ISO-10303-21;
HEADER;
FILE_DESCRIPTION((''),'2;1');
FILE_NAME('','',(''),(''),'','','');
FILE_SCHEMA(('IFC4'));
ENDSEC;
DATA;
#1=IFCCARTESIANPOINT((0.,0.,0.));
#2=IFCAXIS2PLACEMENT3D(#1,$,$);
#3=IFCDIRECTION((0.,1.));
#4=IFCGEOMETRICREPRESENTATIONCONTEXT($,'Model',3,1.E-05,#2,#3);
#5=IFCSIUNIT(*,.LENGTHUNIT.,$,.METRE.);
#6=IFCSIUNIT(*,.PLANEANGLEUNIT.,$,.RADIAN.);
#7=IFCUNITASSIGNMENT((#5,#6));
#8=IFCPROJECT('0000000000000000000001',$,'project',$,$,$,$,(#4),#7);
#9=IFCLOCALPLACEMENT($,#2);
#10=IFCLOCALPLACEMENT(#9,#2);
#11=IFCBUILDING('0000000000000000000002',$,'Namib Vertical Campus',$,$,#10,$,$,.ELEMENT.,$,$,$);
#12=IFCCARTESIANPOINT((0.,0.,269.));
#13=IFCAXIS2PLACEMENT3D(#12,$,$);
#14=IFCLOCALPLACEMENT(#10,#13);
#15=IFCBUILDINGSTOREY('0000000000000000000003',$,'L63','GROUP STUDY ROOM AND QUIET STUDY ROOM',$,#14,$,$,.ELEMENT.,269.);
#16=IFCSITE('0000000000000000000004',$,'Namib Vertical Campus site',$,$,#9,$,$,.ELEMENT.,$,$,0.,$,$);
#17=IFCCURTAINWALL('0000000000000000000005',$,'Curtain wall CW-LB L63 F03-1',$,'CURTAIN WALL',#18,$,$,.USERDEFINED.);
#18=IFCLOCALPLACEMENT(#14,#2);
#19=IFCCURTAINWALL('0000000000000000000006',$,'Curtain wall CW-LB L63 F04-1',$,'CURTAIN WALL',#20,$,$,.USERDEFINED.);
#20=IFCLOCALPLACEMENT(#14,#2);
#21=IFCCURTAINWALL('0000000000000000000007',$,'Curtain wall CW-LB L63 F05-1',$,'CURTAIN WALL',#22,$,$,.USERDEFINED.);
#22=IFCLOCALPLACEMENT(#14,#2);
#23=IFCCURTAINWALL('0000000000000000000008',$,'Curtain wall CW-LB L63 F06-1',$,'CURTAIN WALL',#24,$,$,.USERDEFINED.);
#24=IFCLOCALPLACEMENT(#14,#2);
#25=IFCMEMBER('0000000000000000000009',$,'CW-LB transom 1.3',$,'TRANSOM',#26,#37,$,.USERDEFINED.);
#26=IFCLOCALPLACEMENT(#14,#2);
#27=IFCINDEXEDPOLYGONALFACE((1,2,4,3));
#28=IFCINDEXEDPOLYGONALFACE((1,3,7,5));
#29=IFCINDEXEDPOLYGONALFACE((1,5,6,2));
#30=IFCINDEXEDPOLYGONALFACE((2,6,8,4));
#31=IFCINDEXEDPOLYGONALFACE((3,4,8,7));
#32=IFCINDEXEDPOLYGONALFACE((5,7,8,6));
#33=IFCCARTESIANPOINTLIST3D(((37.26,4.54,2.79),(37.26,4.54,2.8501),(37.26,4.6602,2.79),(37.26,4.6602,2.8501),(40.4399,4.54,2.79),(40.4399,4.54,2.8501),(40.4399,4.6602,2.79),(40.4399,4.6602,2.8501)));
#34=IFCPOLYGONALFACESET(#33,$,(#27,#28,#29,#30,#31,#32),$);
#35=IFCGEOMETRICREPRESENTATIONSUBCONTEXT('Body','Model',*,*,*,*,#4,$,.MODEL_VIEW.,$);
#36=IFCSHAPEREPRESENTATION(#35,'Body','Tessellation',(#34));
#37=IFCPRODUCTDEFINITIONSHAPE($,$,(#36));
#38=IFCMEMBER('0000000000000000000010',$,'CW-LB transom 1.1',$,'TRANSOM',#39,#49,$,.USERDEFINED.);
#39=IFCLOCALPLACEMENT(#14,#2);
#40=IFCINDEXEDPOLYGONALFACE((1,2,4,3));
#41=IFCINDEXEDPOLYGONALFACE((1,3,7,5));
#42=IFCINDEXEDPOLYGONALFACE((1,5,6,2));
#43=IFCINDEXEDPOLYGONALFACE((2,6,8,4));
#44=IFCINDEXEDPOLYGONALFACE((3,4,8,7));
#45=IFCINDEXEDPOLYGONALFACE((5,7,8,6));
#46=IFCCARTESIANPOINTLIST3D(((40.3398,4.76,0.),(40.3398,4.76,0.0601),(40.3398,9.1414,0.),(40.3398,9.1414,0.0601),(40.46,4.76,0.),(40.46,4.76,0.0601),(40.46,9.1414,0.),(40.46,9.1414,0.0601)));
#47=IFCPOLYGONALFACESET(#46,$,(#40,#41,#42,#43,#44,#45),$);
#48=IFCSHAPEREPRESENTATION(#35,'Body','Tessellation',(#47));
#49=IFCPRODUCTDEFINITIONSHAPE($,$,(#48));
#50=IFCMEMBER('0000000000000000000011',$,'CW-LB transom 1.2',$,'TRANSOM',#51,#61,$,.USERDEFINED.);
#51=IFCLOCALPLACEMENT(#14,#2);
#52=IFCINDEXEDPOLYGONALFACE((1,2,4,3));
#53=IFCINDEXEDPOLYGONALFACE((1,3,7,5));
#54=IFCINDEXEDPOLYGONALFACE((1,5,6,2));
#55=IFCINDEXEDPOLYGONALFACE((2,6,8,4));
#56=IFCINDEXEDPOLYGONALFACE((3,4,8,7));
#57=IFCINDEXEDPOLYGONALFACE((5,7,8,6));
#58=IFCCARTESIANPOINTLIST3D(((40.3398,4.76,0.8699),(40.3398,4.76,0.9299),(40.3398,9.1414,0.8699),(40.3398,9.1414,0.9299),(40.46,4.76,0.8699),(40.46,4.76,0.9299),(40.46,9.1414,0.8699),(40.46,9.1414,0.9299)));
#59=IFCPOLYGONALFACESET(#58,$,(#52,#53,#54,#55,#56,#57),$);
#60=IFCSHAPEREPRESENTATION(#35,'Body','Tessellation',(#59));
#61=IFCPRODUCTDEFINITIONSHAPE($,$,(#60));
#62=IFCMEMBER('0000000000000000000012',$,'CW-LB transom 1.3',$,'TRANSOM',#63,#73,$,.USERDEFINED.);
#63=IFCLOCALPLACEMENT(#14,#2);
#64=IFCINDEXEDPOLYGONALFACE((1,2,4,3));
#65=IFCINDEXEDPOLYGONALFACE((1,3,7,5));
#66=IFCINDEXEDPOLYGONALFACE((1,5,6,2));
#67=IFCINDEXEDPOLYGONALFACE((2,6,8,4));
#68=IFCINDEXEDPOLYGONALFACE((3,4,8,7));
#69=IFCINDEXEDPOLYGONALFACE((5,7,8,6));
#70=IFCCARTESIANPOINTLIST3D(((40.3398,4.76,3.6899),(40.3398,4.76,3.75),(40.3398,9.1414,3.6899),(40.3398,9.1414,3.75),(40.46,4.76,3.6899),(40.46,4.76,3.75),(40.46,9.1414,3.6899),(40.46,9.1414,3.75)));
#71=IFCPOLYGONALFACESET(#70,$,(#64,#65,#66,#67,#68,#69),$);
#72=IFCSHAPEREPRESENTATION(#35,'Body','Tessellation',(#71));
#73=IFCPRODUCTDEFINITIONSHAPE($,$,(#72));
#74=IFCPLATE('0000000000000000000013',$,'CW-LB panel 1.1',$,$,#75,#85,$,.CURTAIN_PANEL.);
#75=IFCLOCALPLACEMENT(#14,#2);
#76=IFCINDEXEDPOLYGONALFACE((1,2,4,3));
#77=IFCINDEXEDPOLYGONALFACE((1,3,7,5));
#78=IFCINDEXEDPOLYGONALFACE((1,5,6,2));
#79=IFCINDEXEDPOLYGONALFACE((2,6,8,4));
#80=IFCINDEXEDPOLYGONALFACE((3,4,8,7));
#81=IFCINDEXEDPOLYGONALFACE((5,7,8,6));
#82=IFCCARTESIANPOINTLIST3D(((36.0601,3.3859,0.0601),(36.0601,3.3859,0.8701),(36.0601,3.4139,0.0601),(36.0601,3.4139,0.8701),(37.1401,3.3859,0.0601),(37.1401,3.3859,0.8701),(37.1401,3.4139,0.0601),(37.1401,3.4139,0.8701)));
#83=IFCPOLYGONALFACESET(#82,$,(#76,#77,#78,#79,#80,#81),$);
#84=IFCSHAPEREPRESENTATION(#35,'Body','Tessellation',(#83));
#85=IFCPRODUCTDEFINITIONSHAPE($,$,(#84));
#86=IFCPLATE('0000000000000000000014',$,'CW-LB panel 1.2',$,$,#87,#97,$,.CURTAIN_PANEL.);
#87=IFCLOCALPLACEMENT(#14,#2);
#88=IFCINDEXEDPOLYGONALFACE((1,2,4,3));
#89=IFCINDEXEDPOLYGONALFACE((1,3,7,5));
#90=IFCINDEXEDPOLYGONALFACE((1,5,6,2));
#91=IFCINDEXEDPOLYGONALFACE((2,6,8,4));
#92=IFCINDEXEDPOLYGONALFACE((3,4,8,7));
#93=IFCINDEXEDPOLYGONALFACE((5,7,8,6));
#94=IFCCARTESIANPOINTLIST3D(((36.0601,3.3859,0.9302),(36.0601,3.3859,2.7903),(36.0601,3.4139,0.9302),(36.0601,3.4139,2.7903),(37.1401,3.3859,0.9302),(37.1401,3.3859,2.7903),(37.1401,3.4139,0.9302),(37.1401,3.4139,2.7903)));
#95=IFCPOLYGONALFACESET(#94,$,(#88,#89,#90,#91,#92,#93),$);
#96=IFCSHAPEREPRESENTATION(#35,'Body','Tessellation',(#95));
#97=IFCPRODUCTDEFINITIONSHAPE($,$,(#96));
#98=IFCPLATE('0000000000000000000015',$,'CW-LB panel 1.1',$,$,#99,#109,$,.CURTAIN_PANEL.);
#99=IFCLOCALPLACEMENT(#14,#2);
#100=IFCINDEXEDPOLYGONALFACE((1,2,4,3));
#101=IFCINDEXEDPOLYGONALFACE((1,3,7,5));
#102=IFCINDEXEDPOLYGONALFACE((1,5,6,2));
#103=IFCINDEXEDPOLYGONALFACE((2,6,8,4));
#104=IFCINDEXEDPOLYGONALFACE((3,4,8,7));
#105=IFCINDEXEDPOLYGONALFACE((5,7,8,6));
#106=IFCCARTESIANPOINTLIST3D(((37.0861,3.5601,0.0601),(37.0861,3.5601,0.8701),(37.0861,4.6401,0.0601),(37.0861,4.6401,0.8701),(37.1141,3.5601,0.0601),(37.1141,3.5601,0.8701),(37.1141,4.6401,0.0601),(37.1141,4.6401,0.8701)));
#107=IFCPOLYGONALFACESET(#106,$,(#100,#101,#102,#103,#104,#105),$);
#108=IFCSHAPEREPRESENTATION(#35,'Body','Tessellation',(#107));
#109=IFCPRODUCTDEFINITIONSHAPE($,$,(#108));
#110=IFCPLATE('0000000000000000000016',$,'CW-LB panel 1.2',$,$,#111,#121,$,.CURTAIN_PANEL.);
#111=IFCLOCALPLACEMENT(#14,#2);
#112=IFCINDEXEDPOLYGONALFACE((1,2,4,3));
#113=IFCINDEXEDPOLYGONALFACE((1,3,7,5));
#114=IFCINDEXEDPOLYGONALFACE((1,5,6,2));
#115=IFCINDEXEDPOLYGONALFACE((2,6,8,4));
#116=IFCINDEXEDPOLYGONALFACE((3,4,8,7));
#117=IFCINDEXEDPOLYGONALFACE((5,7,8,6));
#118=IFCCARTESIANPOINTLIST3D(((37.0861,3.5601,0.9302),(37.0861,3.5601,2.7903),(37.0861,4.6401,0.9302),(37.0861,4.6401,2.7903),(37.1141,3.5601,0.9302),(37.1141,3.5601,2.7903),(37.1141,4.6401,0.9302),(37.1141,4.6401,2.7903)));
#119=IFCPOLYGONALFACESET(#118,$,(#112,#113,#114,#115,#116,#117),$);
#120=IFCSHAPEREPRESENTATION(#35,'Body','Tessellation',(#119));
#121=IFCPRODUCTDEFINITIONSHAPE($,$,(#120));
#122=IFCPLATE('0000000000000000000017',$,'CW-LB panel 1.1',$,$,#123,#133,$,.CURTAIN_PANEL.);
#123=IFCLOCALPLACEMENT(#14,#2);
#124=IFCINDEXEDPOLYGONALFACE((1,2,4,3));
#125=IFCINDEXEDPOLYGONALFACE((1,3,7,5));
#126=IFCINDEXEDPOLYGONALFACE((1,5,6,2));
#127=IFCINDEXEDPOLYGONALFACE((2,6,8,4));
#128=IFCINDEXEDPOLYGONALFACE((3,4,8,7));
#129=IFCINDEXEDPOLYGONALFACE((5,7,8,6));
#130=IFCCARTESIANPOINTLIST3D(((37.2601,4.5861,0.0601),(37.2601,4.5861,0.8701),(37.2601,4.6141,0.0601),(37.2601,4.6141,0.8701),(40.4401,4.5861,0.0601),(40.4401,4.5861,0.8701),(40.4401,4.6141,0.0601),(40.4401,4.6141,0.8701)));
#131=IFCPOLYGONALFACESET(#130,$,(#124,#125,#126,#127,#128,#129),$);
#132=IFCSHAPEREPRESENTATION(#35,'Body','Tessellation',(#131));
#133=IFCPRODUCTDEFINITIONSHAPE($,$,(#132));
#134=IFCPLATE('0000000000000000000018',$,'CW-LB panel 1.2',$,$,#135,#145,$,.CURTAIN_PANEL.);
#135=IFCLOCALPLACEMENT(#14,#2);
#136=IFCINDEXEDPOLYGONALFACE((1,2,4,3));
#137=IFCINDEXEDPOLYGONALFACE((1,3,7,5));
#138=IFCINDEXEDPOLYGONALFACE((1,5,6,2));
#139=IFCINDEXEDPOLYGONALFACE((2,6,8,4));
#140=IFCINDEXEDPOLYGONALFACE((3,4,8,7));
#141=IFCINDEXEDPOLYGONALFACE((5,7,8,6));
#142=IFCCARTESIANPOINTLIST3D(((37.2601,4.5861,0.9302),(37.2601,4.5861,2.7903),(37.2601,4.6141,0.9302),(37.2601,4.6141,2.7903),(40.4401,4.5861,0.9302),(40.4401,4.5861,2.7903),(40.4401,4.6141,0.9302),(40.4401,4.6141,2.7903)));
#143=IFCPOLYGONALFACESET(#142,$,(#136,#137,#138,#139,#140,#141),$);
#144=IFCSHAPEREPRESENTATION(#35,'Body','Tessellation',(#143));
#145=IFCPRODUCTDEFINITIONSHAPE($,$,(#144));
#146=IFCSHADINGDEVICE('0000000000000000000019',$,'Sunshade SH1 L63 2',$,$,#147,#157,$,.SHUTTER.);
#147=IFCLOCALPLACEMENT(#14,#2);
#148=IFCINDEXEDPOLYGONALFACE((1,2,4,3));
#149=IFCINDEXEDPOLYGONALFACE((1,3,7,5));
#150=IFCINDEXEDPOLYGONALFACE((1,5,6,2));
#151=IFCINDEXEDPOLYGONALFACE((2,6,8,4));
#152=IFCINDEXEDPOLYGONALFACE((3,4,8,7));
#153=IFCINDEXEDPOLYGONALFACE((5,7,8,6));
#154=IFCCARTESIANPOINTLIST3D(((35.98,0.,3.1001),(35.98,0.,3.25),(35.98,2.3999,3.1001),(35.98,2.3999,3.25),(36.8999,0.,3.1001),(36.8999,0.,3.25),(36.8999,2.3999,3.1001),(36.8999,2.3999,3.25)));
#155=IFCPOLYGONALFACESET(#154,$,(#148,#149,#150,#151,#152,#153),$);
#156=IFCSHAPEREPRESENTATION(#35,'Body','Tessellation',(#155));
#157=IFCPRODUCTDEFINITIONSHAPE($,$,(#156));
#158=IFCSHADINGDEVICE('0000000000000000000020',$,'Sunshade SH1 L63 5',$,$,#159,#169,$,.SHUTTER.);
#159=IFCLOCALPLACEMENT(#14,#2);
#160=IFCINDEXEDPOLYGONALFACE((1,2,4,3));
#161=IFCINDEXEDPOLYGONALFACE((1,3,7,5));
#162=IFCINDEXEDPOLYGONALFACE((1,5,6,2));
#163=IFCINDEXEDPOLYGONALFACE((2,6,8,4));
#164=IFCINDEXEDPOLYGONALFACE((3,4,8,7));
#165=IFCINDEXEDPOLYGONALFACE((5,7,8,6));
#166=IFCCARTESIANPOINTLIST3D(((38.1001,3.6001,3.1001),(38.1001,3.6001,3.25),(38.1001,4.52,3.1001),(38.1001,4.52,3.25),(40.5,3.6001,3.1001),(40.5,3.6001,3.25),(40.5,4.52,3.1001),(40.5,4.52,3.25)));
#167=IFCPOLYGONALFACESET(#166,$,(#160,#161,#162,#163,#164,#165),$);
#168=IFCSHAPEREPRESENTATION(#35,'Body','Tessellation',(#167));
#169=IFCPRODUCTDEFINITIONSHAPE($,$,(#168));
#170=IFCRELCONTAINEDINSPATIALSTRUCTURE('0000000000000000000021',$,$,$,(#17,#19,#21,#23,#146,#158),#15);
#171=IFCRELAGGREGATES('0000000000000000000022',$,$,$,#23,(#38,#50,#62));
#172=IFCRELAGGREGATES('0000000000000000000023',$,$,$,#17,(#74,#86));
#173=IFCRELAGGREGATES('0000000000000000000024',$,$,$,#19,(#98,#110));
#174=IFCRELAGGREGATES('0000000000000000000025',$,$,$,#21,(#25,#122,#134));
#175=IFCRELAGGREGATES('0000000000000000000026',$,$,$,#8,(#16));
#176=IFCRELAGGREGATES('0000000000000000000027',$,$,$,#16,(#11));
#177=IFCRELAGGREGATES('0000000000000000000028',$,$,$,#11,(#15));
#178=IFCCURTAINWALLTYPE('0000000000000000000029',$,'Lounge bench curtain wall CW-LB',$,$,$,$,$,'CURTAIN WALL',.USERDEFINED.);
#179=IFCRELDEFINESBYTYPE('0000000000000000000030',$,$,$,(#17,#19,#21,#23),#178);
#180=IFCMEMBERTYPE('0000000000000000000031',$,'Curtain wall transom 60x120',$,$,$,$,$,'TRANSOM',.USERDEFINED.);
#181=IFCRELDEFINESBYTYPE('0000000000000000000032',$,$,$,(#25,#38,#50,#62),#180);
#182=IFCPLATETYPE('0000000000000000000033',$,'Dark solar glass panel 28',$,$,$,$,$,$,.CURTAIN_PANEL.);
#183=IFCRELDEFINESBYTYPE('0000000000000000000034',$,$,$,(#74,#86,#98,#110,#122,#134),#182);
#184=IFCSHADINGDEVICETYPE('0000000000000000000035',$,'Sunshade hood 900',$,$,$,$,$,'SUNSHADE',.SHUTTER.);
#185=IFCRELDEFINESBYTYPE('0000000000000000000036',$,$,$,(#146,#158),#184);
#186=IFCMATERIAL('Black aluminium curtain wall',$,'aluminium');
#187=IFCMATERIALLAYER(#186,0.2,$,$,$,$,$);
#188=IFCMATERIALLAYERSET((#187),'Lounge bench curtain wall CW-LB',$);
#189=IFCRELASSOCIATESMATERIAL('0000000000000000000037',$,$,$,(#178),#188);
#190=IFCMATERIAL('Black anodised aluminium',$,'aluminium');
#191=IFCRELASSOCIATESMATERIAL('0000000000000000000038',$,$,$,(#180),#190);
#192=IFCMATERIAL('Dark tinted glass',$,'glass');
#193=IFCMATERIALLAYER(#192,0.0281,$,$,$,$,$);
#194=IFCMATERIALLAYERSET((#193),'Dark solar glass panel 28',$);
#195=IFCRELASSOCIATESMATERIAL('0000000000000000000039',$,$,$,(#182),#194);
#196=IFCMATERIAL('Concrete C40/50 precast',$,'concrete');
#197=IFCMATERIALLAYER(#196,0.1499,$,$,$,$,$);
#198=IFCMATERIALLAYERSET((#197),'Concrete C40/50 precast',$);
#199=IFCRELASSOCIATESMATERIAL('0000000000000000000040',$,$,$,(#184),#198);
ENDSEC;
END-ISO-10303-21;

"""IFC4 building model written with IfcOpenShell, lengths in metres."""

from ifc_helpers import new_model, si_unit, direction, frame, origin, origin_2d, place, context, subcontext, project, spatial, rectangle, extrude, material, layer, layer_set, material_profile, profile_set, type_object, element, aggregate, save


model = new_model("IFC4")

# Units and contexts
model_context = context("Model", 3, precision=1e-05, world=origin(), true_north=direction((0.0, 1.0)))
body_context = subcontext(model_context, "Body", "Model", "MODEL_VIEW")
ifc_project = project(units=[si_unit("LENGTHUNIT", "METRE"), si_unit("PLANEANGLEUNIT", "RADIAN")], contexts=[model_context])

# Site, building, storey
site_placement = place(None, origin())
site = spatial("IfcSite", under=ifc_project, at=site_placement, Name="Namib Vertical Campus site", CompositionType="ELEMENT", RefElevation=0.0)
building_placement = place(site_placement, origin())
building = spatial("IfcBuilding", under=site, at=building_placement, Name="Namib Vertical Campus", CompositionType="ELEMENT")
storey_placement = place(building_placement, frame((0.0, 0.0, 269.0)))
storey = spatial("IfcBuildingStorey", under=building, at=storey_placement, Name="L63", Description="GROUP STUDY ROOM AND QUIET STUDY ROOM", CompositionType="ELEMENT", Elevation=269.0)

# Curtain walls
ifc_material_1 = material(Name="Black aluminium curtain wall", Category="aluminium")
ifc_layer_1 = layer(ifc_material_1, 0.2)
ifc_layer_set_1 = layer_set([ifc_layer_1], Name="Lounge bench curtain wall CW-LB")
curtain_wall_type = type_object("IfcCurtainWallType", Name="Lounge bench curtain wall CW-LB", ElementType="CURTAIN WALL", PredefinedType="USERDEFINED", material=ifc_layer_set_1)
curtain_wall_1_placement = place(storey_placement, origin())
curtain_wall_1 = element("IfcCurtainWall", 1, at=curtain_wall_1_placement, inside=storey, type_object=curtain_wall_type, Name="Curtain wall CW-LB L63 F03-1", ObjectType="CURTAIN WALL", PredefinedType="USERDEFINED")
curtain_wall_2_placement = place(storey_placement, origin())
curtain_wall_2 = element("IfcCurtainWall", 2, at=curtain_wall_2_placement, inside=storey, type_object=curtain_wall_type, Name="Curtain wall CW-LB L63 F04-1", ObjectType="CURTAIN WALL", PredefinedType="USERDEFINED")
curtain_wall_3_placement = place(storey_placement, origin())
curtain_wall_3 = element("IfcCurtainWall", 3, at=curtain_wall_3_placement, inside=storey, type_object=curtain_wall_type, Name="Curtain wall CW-LB L63 F05-1", ObjectType="CURTAIN WALL", PredefinedType="USERDEFINED")

# Curtain wall
curtain_wall_4_placement = place(storey_placement, origin())
curtain_wall_4 = element("IfcCurtainWall", 4, at=curtain_wall_4_placement, inside=storey, type_object=curtain_wall_type, Name="Curtain wall CW-LB L63 F06-1", ObjectType="CURTAIN WALL", PredefinedType="USERDEFINED")

# Members
ifc_material_2 = material(Name="Black anodised aluminium", Category="aluminium")
ifc_material_profile_1 = material_profile(ifc_material_2, rectangle(XDim=0.0601, YDim=0.1201, at=origin_2d()))
ifc_profile_set_1 = profile_set([ifc_material_profile_1], Name="Black anodised aluminium")
member_type_1 = type_object("IfcMemberType", Name="Curtain wall transom 60x120", ElementType="TRANSOM", PredefinedType="USERDEFINED", material=ifc_profile_set_1)
member_1_placement = place(storey_placement, frame((37.26, 4.6001, 2.8201), z_axis=(1.0, 0.0, 0.0), x_axis=(0.0, 0.0, 1.0)))
member_1 = element("IfcMember", 5, at=member_1_placement, type_object=member_type_1, Name="CW-LB transom 1.3", ObjectType="TRANSOM", PredefinedType="USERDEFINED", context=body_context, shape_type="SweptSolid", body=[
    extrude(rectangle(XDim=0.0601, YDim=0.1201, at=origin_2d()), origin(), (0.0, 0.0, 1.0), 3.1799),
])
member_2_placement = place(storey_placement, frame((40.3999, 4.76, 0.03), z_axis=(0.0, 1.0, 0.0), x_axis=(0.0, 0.0, 1.0)))
member_2 = element("IfcMember", 6, at=member_2_placement, type_object=member_type_1, Name="CW-LB transom 1.1", ObjectType="TRANSOM", PredefinedType="USERDEFINED", context=body_context, shape_type="SweptSolid", body=[
    extrude(rectangle(XDim=0.0601, YDim=0.1201, at=origin_2d()), origin(), (0.0, 0.0, 1.0), 4.3813),
])
member_3_placement = place(storey_placement, frame((40.3999, 4.76, 0.8999), z_axis=(0.0, 1.0, 0.0), x_axis=(0.0, 0.0, 1.0)))
member_3 = element("IfcMember", 7, at=member_3_placement, type_object=member_type_1, Name="CW-LB transom 1.2", ObjectType="TRANSOM", PredefinedType="USERDEFINED", context=body_context, shape_type="SweptSolid", body=[
    extrude(rectangle(XDim=0.0601, YDim=0.1201, at=origin_2d()), origin(), (0.0, 0.0, 1.0), 4.3813),
])
member_4_placement = place(storey_placement, frame((40.3999, 4.76, 3.72), z_axis=(0.0, 1.0, 0.0), x_axis=(0.0, 0.0, 1.0)))
member_4 = element("IfcMember", 8, at=member_4_placement, type_object=member_type_1, Name="CW-LB transom 1.3", ObjectType="TRANSOM", PredefinedType="USERDEFINED", context=body_context, shape_type="SweptSolid", body=[
    extrude(rectangle(XDim=0.0601, YDim=0.1201, at=origin_2d()), origin(), (0.0, 0.0, 1.0), 4.3813),
])
aggregate(curtain_wall_4, [member_2, member_3, member_4])

# Plates
ifc_material_3 = material(Name="Dark tinted glass", Category="glass")
ifc_layer_2 = layer(ifc_material_3, 0.0281)
ifc_layer_set_2 = layer_set([ifc_layer_2], Name="Dark solar glass panel 28")
plate_type = type_object("IfcPlateType", Name="Dark solar glass panel 28", PredefinedType="CURTAIN_PANEL", material=ifc_layer_set_2)
plate_1_placement = place(storey_placement, frame((36.6001, 3.3999, 0.0601), z_axis=(0.0, 0.0, 1.0), x_axis=(1.0, 0.0, 0.0)))
plate_1 = element("IfcPlate", 9, at=plate_1_placement, type_object=plate_type, Name="CW-LB panel 1.1", PredefinedType="CURTAIN_PANEL", context=body_context, shape_type="SweptSolid", body=[
    extrude(rectangle(XDim=1.0801, YDim=0.0281, at=origin_2d()), origin(), (0.0, 0.0, 1.0), 0.8101),
])
plate_2_placement = place(storey_placement, frame((36.6001, 3.3999, 0.9302), z_axis=(0.0, 0.0, 1.0), x_axis=(1.0, 0.0, 0.0)))
plate_2 = element("IfcPlate", 10, at=plate_2_placement, type_object=plate_type, Name="CW-LB panel 1.2", PredefinedType="CURTAIN_PANEL", context=body_context, shape_type="SweptSolid", body=[
    extrude(rectangle(XDim=1.0801, YDim=0.0281, at=origin_2d()), origin(), (0.0, 0.0, 1.0), 1.8601),
])
aggregate(curtain_wall_1, [plate_1, plate_2])
plate_3_placement = place(storey_placement, frame((37.1001, 4.1001, 0.0601), z_axis=(0.0, 0.0, 1.0), x_axis=(0.0, 1.0, 0.0)))
plate_3 = element("IfcPlate", 11, at=plate_3_placement, type_object=plate_type, Name="CW-LB panel 1.1", PredefinedType="CURTAIN_PANEL", context=body_context, shape_type="SweptSolid", body=[
    extrude(rectangle(XDim=1.0801, YDim=0.0281, at=origin_2d()), origin(), (0.0, 0.0, 1.0), 0.8101),
])
plate_4_placement = place(storey_placement, frame((37.1001, 4.1001, 0.9302), z_axis=(0.0, 0.0, 1.0), x_axis=(0.0, 1.0, 0.0)))
plate_4 = element("IfcPlate", 12, at=plate_4_placement, type_object=plate_type, Name="CW-LB panel 1.2", PredefinedType="CURTAIN_PANEL", context=body_context, shape_type="SweptSolid", body=[
    extrude(rectangle(XDim=1.0801, YDim=0.0281, at=origin_2d()), origin(), (0.0, 0.0, 1.0), 1.8601),
])
aggregate(curtain_wall_2, [plate_3, plate_4])
plate_5_placement = place(storey_placement, frame((38.8501, 4.6001, 0.0601), z_axis=(0.0, 0.0, 1.0), x_axis=(1.0, 0.0, 0.0)))
plate_5 = element("IfcPlate", 13, at=plate_5_placement, type_object=plate_type, Name="CW-LB panel 1.1", PredefinedType="CURTAIN_PANEL", context=body_context, shape_type="SweptSolid", body=[
    extrude(rectangle(XDim=3.1799, YDim=0.0281, at=origin_2d()), origin(), (0.0, 0.0, 1.0), 0.8101),
])
plate_6_placement = place(storey_placement, frame((38.8501, 4.6001, 0.9302), z_axis=(0.0, 0.0, 1.0), x_axis=(1.0, 0.0, 0.0)))
plate_6 = element("IfcPlate", 14, at=plate_6_placement, type_object=plate_type, Name="CW-LB panel 1.2", PredefinedType="CURTAIN_PANEL", context=body_context, shape_type="SweptSolid", body=[
    extrude(rectangle(XDim=3.1799, YDim=0.0281, at=origin_2d()), origin(), (0.0, 0.0, 1.0), 1.8601),
])
aggregate(curtain_wall_3, [member_1, plate_5, plate_6])

# Shading devices
ifc_material_4 = material(Name="Concrete C40/50 precast", Category="concrete")
ifc_layer_3 = layer(ifc_material_4, 0.1499)
ifc_layer_set_3 = layer_set([ifc_layer_3], Name="Concrete C40/50 precast")
shading_device_type = type_object("IfcShadingDeviceType", Name="Sunshade hood 900", ElementType="SUNSHADE", PredefinedType="SHUTTER", material=ifc_layer_set_3)
for number, where, z_axis, x_axis, name in (
    (15, (36.4399, 1.2, 3.1001), (0.0, 0.0, 1.0), (0.0, 1.0, 0.0), "Sunshade SH1 L63 2"),
    (16, (39.3, 4.0601, 3.1001), (0.0, 0.0, 1.0), (1.0, 0.0, 0.0), "Sunshade SH1 L63 5"),
):
    element("IfcShadingDevice", number, at=place(storey_placement, frame(where, z_axis=z_axis, x_axis=x_axis)), inside=storey, type_object=shading_device_type, Name=name, PredefinedType="SHUTTER", context=body_context, shape_type="SweptSolid", body=[
        extrude(rectangle(XDim=2.3999, YDim=0.9199, at=origin_2d()), origin(), (0.0, 0.0, 1.0), 0.1499),
    ])

save(model, "model.ifc")
